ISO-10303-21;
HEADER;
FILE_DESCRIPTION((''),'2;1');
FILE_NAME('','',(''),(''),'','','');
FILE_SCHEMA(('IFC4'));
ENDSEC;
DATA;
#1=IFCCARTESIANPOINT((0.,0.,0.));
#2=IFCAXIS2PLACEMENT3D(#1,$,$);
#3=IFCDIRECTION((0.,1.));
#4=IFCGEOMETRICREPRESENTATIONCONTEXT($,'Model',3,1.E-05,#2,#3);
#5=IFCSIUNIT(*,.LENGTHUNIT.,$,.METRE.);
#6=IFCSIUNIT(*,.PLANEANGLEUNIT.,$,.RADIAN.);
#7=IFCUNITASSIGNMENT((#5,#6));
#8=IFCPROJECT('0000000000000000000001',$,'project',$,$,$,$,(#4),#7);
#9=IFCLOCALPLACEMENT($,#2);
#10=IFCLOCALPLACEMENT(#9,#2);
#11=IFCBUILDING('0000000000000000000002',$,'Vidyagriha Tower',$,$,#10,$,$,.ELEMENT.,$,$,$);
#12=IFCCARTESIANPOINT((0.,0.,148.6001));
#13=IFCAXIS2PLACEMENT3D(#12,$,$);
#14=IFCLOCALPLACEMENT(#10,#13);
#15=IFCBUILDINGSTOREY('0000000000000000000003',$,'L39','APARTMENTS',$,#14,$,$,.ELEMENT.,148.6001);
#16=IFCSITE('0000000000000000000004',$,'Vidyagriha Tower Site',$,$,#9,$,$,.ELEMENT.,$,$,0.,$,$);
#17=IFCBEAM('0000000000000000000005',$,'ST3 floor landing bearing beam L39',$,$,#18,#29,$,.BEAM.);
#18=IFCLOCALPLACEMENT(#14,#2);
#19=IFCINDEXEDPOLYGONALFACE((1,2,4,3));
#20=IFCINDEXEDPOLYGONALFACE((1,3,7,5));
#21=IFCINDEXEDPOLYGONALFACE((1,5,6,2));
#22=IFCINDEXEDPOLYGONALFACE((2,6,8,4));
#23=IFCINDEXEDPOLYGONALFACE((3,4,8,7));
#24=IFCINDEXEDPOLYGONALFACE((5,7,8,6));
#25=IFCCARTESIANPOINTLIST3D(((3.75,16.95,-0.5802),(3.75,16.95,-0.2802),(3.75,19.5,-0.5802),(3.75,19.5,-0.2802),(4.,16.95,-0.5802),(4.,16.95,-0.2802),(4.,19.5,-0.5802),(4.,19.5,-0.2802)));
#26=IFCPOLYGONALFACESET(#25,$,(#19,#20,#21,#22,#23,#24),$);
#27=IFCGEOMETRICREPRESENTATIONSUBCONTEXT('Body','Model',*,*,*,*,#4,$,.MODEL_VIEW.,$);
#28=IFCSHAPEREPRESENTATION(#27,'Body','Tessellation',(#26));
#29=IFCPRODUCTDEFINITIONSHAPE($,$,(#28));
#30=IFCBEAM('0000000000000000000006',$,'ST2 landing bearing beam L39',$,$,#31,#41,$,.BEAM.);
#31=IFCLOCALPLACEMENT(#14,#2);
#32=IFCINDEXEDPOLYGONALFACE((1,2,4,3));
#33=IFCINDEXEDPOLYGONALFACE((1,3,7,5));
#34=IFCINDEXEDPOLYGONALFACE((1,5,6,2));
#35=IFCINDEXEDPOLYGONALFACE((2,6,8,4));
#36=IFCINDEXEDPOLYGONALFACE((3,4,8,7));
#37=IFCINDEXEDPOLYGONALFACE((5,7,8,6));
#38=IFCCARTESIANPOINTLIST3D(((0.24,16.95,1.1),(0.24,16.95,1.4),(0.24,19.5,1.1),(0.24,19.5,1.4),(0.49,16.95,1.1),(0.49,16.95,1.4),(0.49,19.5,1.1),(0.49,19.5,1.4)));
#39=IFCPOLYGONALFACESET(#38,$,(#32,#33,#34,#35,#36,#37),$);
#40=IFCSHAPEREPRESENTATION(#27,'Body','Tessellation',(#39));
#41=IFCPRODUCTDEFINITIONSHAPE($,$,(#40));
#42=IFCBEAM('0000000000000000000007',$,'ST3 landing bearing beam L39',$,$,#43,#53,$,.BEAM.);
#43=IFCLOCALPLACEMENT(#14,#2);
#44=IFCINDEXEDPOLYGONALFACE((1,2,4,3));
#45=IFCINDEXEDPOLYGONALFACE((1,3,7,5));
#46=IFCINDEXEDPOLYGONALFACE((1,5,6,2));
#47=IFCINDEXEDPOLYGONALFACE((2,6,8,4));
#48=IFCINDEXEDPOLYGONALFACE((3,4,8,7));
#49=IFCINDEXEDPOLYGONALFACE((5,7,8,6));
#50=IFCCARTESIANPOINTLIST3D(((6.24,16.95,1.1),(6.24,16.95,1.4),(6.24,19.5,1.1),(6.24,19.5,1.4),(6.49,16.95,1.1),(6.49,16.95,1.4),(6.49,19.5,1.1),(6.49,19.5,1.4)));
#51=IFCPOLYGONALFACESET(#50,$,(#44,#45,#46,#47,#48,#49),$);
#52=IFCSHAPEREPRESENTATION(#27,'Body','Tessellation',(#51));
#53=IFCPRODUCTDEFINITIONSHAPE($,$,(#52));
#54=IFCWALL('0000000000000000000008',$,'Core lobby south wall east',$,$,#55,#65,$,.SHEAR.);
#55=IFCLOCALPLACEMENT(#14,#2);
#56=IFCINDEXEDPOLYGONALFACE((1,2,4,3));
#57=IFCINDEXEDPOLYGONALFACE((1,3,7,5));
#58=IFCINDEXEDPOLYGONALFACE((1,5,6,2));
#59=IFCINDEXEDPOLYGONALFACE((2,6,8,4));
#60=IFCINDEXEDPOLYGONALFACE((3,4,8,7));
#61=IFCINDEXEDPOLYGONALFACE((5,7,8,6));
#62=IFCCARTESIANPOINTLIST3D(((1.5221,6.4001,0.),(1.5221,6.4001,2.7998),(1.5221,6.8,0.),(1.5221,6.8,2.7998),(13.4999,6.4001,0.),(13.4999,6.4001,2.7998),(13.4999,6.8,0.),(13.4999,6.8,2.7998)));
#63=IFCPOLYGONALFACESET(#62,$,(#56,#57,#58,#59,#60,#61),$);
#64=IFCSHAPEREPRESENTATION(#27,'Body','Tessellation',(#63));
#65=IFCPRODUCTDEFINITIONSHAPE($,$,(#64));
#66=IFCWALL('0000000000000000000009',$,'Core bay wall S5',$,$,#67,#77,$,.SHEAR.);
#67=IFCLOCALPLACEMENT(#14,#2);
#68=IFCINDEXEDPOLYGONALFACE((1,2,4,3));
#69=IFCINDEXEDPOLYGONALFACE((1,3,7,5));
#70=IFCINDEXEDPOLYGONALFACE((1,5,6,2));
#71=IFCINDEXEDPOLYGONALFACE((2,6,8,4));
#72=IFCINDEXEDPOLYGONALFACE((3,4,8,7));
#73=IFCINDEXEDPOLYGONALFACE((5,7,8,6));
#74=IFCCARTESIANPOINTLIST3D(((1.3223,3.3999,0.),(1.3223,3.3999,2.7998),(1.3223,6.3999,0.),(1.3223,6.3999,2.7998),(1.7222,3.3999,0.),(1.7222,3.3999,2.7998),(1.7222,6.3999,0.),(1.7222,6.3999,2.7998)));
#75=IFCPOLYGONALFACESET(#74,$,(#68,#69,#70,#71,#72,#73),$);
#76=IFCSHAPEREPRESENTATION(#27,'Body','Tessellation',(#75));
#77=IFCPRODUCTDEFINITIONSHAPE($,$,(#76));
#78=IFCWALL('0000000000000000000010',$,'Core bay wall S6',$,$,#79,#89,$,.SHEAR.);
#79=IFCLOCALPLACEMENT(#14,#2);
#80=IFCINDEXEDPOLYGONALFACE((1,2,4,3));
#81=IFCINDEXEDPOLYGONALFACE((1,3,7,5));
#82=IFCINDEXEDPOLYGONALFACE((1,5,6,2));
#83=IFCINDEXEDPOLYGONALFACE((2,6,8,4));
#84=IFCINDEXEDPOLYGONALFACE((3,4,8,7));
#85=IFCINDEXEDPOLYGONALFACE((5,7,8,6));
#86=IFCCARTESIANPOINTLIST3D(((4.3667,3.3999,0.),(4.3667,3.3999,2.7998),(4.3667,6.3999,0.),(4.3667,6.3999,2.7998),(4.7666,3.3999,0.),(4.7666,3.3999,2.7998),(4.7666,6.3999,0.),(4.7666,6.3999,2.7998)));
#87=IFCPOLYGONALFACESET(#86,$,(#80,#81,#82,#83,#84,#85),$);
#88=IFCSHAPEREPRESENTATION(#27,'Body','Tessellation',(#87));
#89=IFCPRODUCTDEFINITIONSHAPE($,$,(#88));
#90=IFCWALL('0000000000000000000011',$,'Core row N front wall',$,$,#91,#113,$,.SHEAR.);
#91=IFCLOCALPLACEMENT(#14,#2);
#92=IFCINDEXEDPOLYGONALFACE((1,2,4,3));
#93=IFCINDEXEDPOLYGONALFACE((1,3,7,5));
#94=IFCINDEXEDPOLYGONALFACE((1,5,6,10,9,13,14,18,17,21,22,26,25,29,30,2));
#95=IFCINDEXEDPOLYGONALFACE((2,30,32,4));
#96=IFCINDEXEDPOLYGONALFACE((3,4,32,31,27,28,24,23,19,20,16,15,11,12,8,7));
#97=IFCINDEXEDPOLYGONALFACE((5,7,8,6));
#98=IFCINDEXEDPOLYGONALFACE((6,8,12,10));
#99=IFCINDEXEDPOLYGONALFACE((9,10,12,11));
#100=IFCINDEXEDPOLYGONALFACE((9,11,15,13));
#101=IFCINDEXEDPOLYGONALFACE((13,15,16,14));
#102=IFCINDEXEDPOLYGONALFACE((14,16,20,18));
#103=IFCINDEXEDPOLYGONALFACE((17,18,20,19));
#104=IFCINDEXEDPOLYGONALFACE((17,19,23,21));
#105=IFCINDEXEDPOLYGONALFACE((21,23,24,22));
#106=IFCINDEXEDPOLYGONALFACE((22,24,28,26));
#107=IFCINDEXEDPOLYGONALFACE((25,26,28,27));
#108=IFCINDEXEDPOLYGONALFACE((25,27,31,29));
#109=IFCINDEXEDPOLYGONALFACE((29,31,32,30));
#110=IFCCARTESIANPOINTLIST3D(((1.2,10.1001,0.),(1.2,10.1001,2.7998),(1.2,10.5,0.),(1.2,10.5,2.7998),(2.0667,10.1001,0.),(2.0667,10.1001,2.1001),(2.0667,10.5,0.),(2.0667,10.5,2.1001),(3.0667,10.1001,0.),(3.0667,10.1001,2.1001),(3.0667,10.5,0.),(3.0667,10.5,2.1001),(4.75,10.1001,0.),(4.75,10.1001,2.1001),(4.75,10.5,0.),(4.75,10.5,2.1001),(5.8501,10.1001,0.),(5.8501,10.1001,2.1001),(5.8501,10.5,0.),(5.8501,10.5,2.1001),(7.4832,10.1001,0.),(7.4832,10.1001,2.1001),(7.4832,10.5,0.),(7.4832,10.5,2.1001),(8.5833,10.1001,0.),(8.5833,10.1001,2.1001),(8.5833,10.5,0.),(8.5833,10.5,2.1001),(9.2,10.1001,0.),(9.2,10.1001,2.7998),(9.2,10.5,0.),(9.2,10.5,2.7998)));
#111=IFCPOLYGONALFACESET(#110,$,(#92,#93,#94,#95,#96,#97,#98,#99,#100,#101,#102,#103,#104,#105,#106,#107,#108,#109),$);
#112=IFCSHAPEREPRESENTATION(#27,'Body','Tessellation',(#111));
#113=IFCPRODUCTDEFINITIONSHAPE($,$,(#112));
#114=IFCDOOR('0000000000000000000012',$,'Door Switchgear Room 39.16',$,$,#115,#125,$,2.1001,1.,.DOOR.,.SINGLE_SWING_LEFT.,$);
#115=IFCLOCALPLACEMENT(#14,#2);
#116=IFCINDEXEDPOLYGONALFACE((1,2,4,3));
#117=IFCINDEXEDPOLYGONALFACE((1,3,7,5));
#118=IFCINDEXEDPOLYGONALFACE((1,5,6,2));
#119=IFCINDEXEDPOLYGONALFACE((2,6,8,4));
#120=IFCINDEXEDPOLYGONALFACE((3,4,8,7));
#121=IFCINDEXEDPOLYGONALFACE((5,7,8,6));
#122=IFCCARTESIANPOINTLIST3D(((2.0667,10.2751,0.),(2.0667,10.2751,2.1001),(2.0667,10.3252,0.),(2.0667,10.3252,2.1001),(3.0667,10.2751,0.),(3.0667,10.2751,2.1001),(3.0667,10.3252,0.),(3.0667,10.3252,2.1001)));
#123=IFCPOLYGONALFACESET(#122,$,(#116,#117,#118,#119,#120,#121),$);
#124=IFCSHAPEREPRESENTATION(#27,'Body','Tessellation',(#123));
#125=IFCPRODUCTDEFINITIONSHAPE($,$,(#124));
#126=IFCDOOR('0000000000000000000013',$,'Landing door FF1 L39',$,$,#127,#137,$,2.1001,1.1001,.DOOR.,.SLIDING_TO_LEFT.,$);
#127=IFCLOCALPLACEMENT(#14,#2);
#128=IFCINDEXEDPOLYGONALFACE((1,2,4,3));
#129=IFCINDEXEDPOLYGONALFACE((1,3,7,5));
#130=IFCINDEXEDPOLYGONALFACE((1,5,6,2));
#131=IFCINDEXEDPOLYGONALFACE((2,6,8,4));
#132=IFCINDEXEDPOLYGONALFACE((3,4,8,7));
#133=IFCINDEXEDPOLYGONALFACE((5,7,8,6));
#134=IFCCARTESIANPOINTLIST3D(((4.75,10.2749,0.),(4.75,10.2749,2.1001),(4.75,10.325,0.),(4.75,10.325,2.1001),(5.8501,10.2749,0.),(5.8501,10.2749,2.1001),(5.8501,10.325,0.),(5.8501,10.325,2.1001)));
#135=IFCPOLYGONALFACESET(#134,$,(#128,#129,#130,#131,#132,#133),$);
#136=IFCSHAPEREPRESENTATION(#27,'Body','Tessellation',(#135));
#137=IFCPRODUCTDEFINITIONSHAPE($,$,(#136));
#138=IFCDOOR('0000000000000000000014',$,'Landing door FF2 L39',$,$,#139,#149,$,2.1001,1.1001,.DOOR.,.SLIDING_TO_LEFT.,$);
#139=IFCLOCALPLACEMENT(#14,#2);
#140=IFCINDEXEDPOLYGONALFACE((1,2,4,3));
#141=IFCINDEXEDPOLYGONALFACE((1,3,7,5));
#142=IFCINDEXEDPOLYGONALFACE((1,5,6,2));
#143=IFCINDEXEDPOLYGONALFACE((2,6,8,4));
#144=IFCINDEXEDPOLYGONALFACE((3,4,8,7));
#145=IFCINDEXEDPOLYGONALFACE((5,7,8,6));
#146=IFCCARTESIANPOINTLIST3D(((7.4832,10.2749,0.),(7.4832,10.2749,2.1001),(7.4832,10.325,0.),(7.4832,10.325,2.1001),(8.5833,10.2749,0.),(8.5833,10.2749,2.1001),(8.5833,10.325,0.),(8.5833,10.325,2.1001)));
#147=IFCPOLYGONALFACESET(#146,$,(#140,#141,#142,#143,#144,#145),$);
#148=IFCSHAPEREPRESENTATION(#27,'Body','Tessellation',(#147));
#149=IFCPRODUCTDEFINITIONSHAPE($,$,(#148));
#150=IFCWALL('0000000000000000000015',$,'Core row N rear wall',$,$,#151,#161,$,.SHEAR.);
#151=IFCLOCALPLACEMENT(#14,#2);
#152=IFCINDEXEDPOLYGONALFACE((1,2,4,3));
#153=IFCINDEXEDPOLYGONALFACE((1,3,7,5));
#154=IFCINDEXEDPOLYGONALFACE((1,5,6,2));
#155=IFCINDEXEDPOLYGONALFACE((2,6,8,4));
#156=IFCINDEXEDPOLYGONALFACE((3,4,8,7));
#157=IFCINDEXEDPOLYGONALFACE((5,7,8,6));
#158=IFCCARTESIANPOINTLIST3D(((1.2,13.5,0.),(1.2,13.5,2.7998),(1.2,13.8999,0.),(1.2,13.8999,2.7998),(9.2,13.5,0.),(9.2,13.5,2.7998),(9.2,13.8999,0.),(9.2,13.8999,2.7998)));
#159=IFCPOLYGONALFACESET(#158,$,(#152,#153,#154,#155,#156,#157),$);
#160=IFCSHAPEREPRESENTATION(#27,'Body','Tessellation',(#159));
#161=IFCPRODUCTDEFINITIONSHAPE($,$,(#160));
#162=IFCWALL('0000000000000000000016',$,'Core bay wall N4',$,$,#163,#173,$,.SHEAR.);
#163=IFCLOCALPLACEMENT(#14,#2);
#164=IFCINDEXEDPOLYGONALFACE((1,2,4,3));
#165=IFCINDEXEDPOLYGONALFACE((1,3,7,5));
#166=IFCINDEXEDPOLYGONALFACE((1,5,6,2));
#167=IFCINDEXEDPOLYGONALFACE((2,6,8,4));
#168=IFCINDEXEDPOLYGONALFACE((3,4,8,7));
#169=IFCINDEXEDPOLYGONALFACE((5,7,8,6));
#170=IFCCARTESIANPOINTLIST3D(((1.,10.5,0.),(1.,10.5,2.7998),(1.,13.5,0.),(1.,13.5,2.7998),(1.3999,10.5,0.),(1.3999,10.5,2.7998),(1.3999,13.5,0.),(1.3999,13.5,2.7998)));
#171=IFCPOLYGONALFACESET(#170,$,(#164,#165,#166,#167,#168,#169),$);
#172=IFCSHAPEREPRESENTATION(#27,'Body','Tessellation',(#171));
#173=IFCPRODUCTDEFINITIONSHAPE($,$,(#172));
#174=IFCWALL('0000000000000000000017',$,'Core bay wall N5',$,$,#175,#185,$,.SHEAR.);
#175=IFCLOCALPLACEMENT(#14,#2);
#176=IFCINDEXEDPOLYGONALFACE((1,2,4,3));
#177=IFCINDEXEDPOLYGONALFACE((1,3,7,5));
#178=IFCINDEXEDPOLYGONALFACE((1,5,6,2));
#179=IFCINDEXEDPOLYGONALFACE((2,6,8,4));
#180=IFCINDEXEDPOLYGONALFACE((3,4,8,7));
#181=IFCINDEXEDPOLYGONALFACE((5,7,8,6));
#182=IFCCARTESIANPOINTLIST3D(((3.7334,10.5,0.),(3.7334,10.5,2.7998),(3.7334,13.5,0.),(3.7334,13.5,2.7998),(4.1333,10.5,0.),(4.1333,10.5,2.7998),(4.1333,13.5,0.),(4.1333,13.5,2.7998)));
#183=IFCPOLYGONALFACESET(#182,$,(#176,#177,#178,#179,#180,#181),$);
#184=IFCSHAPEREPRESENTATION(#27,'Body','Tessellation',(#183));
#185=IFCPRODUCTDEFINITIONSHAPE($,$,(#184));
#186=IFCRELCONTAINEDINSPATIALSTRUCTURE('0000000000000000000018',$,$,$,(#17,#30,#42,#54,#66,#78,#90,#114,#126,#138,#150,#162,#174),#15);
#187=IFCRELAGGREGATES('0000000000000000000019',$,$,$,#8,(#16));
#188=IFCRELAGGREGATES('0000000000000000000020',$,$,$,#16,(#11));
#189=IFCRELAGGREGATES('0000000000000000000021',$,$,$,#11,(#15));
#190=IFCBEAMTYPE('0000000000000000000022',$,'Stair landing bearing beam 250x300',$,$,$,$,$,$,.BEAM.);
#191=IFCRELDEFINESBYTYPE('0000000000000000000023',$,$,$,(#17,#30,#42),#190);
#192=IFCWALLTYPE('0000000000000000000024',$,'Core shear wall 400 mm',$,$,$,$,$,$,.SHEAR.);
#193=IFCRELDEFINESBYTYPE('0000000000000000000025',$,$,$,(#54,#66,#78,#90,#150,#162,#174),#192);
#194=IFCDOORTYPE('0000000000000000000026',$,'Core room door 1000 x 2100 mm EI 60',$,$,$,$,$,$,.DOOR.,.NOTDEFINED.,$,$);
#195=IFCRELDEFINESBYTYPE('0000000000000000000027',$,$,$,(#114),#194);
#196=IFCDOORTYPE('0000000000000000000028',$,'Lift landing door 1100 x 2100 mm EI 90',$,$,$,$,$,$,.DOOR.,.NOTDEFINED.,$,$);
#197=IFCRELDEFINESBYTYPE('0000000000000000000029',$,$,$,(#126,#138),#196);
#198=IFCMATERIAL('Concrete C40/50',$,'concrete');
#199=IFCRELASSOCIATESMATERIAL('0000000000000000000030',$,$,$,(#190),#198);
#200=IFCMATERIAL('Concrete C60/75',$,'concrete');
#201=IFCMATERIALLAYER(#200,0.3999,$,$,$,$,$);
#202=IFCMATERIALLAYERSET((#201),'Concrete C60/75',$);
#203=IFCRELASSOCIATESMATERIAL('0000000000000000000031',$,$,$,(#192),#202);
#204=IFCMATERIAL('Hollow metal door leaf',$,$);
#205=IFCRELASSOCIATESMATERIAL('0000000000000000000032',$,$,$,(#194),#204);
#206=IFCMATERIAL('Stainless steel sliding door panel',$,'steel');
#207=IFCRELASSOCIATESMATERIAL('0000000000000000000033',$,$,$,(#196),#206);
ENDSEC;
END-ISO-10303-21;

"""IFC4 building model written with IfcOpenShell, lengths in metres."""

from ifc_helpers import new_model, si_unit, direction, frame, frame_2d, origin, origin_2d, place, context, subcontext, project, spatial, rectangle, extrude, material, layer, layer_set, material_profile, profile_set, type_object, element, fill, save


model = new_model("IFC4")

# Units and contexts
model_context = context("Model", 3, precision=1e-05, world=origin(), true_north=direction((0.0, 1.0)))
body_context = subcontext(model_context, "Body", "Model", "MODEL_VIEW")
ifc_project = project(units=[si_unit("LENGTHUNIT", "METRE"), si_unit("PLANEANGLEUNIT", "RADIAN")], contexts=[model_context])

# Site, building, storey
site_placement = place(None, origin())
site = spatial("IfcSite", under=ifc_project, at=site_placement, Name="Vidyagriha Tower Site", CompositionType="ELEMENT", RefElevation=0.0)
building_placement = place(site_placement, origin())
building = spatial("IfcBuilding", under=site, at=building_placement, Name="Vidyagriha Tower", CompositionType="ELEMENT")
storey_placement = place(building_placement, frame((0.0, 0.0, 148.6001)))
storey = spatial("IfcBuildingStorey", under=building, at=storey_placement, Name="L39", Description="APARTMENTS", CompositionType="ELEMENT", Elevation=148.6001)

# Beams
ifc_material_1 = material(Name="Concrete C40/50", Category="concrete")
ifc_material_profile = material_profile(ifc_material_1, rectangle(XDim=0.25, YDim=0.3, at=origin_2d()), Name="Stair landing bearing beam 250x300")
ifc_profile_set = profile_set([ifc_material_profile], Name="Concrete C40/50")
beam_type = type_object("IfcBeamType", Name="Stair landing bearing beam 250x300", PredefinedType="BEAM", material=ifc_profile_set)
for number, where, z_axis, x_axis, name in (
    (1, (3.875, 16.95, -0.4302), (0.0, 1.0, 0.0), (-1.0, 0.0, 0.0), "ST3 floor landing bearing beam L39"),
    (2, (0.365, 16.95, 1.25), (0.0, 1.0, 0.0), (-1.0, 0.0, 0.0), "ST2 landing bearing beam L39"),
    (3, (6.365, 16.95, 1.25), (0.0, 1.0, 0.0), (-1.0, 0.0, 0.0), "ST3 landing bearing beam L39"),
):
    element("IfcBeam", number, at=place(storey_placement, frame(where, z_axis=z_axis, x_axis=x_axis)), inside=storey, type_object=beam_type, Name=name, PredefinedType="BEAM", context=body_context, shape_type="SweptSolid", body=[
        extrude(rectangle(XDim=0.25, YDim=0.3, at=origin_2d()), origin(), (0.0, 0.0, 1.0), 2.55),
    ])

# Walls
ifc_material_2 = material(Name="Concrete C60/75", Category="concrete")
ifc_layer_1 = layer(ifc_material_2, 0.3999)
ifc_layer_set_1 = layer_set([ifc_layer_1], Name="Concrete C60/75")
wall_type_1 = type_object("IfcWallType", Name="Core shear wall 400 mm", PredefinedType="SHEAR", material=ifc_layer_set_1)
wall_1_placement = place(storey_placement, frame((1.5222, 6.6001, 0.0)))
element("IfcWall", 4, at=wall_1_placement, inside=storey, type_object=wall_type_1, Name="Core lobby south wall east", PredefinedType="SHEAR", context=body_context, shape_type="SweptSolid", body=[
    extrude(rectangle(XDim=11.9778, YDim=0.3999, at=frame_2d((5.9888, 0.0))), origin(), (0.0, 0.0, 1.0), 2.7998),
])
for number, where, z_axis, x_axis, name in (
    (5, (1.5222, 3.3999, 0.0), (0.0, 0.0, 1.0), (0.0, 1.0, 0.0), "Core bay wall S5"),
    (6, (4.5667, 3.3999, 0.0), (0.0, 0.0, 1.0), (0.0, 1.0, 0.0), "Core bay wall S6"),
):
    element("IfcWall", number, at=place(storey_placement, frame(where, z_axis=z_axis, x_axis=x_axis)), inside=storey, type_object=wall_type_1, Name=name, PredefinedType="SHEAR", context=body_context, shape_type="SweptSolid", body=[
        extrude(rectangle(XDim=3.0, YDim=0.3999, at=frame_2d((1.5, 0.0))), origin(), (0.0, 0.0, 1.0), 2.7998),
    ])

# Wall, openings, doors
wall_2_placement = place(storey_placement, frame((1.2, 10.3, 0.0)))
wall_2 = element("IfcWall", 7, at=wall_2_placement, inside=storey, type_object=wall_type_1, Name="Core row N front wall", PredefinedType="SHEAR", context=body_context, shape_type="SweptSolid", body=[
    extrude(rectangle(XDim=8.0, YDim=0.3999, at=frame_2d((4.0, 0.0))), origin(), (0.0, 0.0, 1.0), 2.7998),
])
opening_1_placement = place(wall_2_placement, frame((3.55, 0.0, 0.0)))
opening_1 = element("IfcOpeningElement", 8, at=opening_1_placement, cuts=wall_2, PredefinedType="OPENING", context=body_context, shape_type="SweptSolid", body=[
    extrude(rectangle(XDim=1.1001, YDim=2.1001, at=frame_2d((0.55, 1.05))), frame((0.0, 0.21, 0.0), z_axis=(0.0, -1.0, 0.0), x_axis=(1.0, 0.0, 0.0)), (0.0, 0.0, 1.0), 0.4199),
])
opening_2_placement = place(wall_2_placement, frame((6.2832, 0.0, 0.0)))
opening_2 = element("IfcOpeningElement", 9, at=opening_2_placement, cuts=wall_2, PredefinedType="OPENING", context=body_context, shape_type="SweptSolid", body=[
    extrude(rectangle(XDim=1.1001, YDim=2.1001, at=frame_2d((0.55, 1.05))), frame((0.0, 0.21, 0.0), z_axis=(0.0, -1.0, 0.0), x_axis=(1.0, 0.0, 0.0)), (0.0, 0.0, 1.0), 0.4199),
])
opening_3_placement = place(wall_2_placement, frame((0.8667, 0.0, 0.0)))
opening_3 = element("IfcOpeningElement", 10, at=opening_3_placement, cuts=wall_2, PredefinedType="OPENING", context=body_context, shape_type="SweptSolid", body=[
    extrude(rectangle(XDim=1.0, YDim=2.1001, at=frame_2d((0.5, 1.05))), frame((0.0, 0.21, 0.0), z_axis=(0.0, -1.0, 0.0), x_axis=(1.0, 0.0, 0.0)), (0.0, 0.0, 1.0), 0.4199),
])
ifc_material_3 = material(Name="Hollow metal door leaf")
door_type_1 = type_object("IfcDoorType", Name="Core room door 1000 x 2100 mm EI 60", OperationType="NOTDEFINED", PredefinedType="DOOR", material=ifc_material_3)
door_1_placement = place(opening_3_placement, frame((1.0, 0.0, 0.0), z_axis=(0.0, 0.0, 1.0), x_axis=(-1.0, 0.0, 0.0)))
door_1 = element("IfcDoor", 11, at=door_1_placement, inside=storey, type_object=door_type_1, Name="Door Switchgear Room 39.16", OperationType="SINGLE_SWING_LEFT", OverallHeight=2.1001, OverallWidth=1.0, PredefinedType="DOOR", context=body_context, shape_type="SweptSolid", body=[
    extrude(rectangle(XDim=1.0, YDim=2.1001, at=frame_2d((0.5, 1.05))), frame((0.0, 0.0249, 0.0), z_axis=(0.0, -1.0, 0.0), x_axis=(1.0, 0.0, 0.0)), (0.0, 0.0, 1.0), 0.05),
])
fill(opening_3, door_1)
ifc_material_4 = material(Name="Stainless steel sliding door panel", Category="steel")
door_type_2 = type_object("IfcDoorType", Name="Lift landing door 1100 x 2100 mm EI 90", OperationType="NOTDEFINED", PredefinedType="DOOR", material=ifc_material_4)
door_2_placement = place(opening_1_placement, origin())
door_2 = element("IfcDoor", 12, at=door_2_placement, inside=storey, type_object=door_type_2, Name="Landing door FF1 L39", OperationType="SLIDING_TO_LEFT", OverallHeight=2.1001, OverallWidth=1.1001, PredefinedType="DOOR", context=body_context, shape_type="SweptSolid", body=[
    extrude(rectangle(XDim=1.1001, YDim=2.1001, at=frame_2d((0.55, 1.05))), frame((0.0, 0.0249, 0.0), z_axis=(0.0, -1.0, 0.0), x_axis=(1.0, 0.0, 0.0)), (0.0, 0.0, 1.0), 0.05),
])
fill(opening_1, door_2)
door_3_placement = place(opening_2_placement, origin())
door_3 = element("IfcDoor", 13, at=door_3_placement, inside=storey, type_object=door_type_2, Name="Landing door FF2 L39", OperationType="SLIDING_TO_LEFT", OverallHeight=2.1001, OverallWidth=1.1001, PredefinedType="DOOR", context=body_context, shape_type="SweptSolid", body=[
    extrude(rectangle(XDim=1.1001, YDim=2.1001, at=frame_2d((0.55, 1.05))), frame((0.0, 0.0249, 0.0), z_axis=(0.0, -1.0, 0.0), x_axis=(1.0, 0.0, 0.0)), (0.0, 0.0, 1.0), 0.05),
])
fill(opening_2, door_3)

# Walls
wall_3_placement = place(storey_placement, frame((1.2, 13.7, 0.0)))
element("IfcWall", 14, at=wall_3_placement, inside=storey, type_object=wall_type_1, Name="Core row N rear wall", PredefinedType="SHEAR", context=body_context, shape_type="SweptSolid", body=[
    extrude(rectangle(XDim=8.0, YDim=0.3999, at=frame_2d((4.0, 0.0))), origin(), (0.0, 0.0, 1.0), 2.7998),
])
for number, where, z_axis, x_axis, name in (
    (15, (1.2, 10.5, 0.0), (0.0, 0.0, 1.0), (0.0, 1.0, 0.0), "Core bay wall N4"),
    (16, (3.9333, 10.5, 0.0), (0.0, 0.0, 1.0), (0.0, 1.0, 0.0), "Core bay wall N5"),
):
    element("IfcWall", number, at=place(storey_placement, frame(where, z_axis=z_axis, x_axis=x_axis)), inside=storey, type_object=wall_type_1, Name=name, PredefinedType="SHEAR", context=body_context, shape_type="SweptSolid", body=[
        extrude(rectangle(XDim=3.0, YDim=0.3999, at=frame_2d((1.5, 0.0))), origin(), (0.0, 0.0, 1.0), 2.7998),
    ])

save(model, "model.ifc")
